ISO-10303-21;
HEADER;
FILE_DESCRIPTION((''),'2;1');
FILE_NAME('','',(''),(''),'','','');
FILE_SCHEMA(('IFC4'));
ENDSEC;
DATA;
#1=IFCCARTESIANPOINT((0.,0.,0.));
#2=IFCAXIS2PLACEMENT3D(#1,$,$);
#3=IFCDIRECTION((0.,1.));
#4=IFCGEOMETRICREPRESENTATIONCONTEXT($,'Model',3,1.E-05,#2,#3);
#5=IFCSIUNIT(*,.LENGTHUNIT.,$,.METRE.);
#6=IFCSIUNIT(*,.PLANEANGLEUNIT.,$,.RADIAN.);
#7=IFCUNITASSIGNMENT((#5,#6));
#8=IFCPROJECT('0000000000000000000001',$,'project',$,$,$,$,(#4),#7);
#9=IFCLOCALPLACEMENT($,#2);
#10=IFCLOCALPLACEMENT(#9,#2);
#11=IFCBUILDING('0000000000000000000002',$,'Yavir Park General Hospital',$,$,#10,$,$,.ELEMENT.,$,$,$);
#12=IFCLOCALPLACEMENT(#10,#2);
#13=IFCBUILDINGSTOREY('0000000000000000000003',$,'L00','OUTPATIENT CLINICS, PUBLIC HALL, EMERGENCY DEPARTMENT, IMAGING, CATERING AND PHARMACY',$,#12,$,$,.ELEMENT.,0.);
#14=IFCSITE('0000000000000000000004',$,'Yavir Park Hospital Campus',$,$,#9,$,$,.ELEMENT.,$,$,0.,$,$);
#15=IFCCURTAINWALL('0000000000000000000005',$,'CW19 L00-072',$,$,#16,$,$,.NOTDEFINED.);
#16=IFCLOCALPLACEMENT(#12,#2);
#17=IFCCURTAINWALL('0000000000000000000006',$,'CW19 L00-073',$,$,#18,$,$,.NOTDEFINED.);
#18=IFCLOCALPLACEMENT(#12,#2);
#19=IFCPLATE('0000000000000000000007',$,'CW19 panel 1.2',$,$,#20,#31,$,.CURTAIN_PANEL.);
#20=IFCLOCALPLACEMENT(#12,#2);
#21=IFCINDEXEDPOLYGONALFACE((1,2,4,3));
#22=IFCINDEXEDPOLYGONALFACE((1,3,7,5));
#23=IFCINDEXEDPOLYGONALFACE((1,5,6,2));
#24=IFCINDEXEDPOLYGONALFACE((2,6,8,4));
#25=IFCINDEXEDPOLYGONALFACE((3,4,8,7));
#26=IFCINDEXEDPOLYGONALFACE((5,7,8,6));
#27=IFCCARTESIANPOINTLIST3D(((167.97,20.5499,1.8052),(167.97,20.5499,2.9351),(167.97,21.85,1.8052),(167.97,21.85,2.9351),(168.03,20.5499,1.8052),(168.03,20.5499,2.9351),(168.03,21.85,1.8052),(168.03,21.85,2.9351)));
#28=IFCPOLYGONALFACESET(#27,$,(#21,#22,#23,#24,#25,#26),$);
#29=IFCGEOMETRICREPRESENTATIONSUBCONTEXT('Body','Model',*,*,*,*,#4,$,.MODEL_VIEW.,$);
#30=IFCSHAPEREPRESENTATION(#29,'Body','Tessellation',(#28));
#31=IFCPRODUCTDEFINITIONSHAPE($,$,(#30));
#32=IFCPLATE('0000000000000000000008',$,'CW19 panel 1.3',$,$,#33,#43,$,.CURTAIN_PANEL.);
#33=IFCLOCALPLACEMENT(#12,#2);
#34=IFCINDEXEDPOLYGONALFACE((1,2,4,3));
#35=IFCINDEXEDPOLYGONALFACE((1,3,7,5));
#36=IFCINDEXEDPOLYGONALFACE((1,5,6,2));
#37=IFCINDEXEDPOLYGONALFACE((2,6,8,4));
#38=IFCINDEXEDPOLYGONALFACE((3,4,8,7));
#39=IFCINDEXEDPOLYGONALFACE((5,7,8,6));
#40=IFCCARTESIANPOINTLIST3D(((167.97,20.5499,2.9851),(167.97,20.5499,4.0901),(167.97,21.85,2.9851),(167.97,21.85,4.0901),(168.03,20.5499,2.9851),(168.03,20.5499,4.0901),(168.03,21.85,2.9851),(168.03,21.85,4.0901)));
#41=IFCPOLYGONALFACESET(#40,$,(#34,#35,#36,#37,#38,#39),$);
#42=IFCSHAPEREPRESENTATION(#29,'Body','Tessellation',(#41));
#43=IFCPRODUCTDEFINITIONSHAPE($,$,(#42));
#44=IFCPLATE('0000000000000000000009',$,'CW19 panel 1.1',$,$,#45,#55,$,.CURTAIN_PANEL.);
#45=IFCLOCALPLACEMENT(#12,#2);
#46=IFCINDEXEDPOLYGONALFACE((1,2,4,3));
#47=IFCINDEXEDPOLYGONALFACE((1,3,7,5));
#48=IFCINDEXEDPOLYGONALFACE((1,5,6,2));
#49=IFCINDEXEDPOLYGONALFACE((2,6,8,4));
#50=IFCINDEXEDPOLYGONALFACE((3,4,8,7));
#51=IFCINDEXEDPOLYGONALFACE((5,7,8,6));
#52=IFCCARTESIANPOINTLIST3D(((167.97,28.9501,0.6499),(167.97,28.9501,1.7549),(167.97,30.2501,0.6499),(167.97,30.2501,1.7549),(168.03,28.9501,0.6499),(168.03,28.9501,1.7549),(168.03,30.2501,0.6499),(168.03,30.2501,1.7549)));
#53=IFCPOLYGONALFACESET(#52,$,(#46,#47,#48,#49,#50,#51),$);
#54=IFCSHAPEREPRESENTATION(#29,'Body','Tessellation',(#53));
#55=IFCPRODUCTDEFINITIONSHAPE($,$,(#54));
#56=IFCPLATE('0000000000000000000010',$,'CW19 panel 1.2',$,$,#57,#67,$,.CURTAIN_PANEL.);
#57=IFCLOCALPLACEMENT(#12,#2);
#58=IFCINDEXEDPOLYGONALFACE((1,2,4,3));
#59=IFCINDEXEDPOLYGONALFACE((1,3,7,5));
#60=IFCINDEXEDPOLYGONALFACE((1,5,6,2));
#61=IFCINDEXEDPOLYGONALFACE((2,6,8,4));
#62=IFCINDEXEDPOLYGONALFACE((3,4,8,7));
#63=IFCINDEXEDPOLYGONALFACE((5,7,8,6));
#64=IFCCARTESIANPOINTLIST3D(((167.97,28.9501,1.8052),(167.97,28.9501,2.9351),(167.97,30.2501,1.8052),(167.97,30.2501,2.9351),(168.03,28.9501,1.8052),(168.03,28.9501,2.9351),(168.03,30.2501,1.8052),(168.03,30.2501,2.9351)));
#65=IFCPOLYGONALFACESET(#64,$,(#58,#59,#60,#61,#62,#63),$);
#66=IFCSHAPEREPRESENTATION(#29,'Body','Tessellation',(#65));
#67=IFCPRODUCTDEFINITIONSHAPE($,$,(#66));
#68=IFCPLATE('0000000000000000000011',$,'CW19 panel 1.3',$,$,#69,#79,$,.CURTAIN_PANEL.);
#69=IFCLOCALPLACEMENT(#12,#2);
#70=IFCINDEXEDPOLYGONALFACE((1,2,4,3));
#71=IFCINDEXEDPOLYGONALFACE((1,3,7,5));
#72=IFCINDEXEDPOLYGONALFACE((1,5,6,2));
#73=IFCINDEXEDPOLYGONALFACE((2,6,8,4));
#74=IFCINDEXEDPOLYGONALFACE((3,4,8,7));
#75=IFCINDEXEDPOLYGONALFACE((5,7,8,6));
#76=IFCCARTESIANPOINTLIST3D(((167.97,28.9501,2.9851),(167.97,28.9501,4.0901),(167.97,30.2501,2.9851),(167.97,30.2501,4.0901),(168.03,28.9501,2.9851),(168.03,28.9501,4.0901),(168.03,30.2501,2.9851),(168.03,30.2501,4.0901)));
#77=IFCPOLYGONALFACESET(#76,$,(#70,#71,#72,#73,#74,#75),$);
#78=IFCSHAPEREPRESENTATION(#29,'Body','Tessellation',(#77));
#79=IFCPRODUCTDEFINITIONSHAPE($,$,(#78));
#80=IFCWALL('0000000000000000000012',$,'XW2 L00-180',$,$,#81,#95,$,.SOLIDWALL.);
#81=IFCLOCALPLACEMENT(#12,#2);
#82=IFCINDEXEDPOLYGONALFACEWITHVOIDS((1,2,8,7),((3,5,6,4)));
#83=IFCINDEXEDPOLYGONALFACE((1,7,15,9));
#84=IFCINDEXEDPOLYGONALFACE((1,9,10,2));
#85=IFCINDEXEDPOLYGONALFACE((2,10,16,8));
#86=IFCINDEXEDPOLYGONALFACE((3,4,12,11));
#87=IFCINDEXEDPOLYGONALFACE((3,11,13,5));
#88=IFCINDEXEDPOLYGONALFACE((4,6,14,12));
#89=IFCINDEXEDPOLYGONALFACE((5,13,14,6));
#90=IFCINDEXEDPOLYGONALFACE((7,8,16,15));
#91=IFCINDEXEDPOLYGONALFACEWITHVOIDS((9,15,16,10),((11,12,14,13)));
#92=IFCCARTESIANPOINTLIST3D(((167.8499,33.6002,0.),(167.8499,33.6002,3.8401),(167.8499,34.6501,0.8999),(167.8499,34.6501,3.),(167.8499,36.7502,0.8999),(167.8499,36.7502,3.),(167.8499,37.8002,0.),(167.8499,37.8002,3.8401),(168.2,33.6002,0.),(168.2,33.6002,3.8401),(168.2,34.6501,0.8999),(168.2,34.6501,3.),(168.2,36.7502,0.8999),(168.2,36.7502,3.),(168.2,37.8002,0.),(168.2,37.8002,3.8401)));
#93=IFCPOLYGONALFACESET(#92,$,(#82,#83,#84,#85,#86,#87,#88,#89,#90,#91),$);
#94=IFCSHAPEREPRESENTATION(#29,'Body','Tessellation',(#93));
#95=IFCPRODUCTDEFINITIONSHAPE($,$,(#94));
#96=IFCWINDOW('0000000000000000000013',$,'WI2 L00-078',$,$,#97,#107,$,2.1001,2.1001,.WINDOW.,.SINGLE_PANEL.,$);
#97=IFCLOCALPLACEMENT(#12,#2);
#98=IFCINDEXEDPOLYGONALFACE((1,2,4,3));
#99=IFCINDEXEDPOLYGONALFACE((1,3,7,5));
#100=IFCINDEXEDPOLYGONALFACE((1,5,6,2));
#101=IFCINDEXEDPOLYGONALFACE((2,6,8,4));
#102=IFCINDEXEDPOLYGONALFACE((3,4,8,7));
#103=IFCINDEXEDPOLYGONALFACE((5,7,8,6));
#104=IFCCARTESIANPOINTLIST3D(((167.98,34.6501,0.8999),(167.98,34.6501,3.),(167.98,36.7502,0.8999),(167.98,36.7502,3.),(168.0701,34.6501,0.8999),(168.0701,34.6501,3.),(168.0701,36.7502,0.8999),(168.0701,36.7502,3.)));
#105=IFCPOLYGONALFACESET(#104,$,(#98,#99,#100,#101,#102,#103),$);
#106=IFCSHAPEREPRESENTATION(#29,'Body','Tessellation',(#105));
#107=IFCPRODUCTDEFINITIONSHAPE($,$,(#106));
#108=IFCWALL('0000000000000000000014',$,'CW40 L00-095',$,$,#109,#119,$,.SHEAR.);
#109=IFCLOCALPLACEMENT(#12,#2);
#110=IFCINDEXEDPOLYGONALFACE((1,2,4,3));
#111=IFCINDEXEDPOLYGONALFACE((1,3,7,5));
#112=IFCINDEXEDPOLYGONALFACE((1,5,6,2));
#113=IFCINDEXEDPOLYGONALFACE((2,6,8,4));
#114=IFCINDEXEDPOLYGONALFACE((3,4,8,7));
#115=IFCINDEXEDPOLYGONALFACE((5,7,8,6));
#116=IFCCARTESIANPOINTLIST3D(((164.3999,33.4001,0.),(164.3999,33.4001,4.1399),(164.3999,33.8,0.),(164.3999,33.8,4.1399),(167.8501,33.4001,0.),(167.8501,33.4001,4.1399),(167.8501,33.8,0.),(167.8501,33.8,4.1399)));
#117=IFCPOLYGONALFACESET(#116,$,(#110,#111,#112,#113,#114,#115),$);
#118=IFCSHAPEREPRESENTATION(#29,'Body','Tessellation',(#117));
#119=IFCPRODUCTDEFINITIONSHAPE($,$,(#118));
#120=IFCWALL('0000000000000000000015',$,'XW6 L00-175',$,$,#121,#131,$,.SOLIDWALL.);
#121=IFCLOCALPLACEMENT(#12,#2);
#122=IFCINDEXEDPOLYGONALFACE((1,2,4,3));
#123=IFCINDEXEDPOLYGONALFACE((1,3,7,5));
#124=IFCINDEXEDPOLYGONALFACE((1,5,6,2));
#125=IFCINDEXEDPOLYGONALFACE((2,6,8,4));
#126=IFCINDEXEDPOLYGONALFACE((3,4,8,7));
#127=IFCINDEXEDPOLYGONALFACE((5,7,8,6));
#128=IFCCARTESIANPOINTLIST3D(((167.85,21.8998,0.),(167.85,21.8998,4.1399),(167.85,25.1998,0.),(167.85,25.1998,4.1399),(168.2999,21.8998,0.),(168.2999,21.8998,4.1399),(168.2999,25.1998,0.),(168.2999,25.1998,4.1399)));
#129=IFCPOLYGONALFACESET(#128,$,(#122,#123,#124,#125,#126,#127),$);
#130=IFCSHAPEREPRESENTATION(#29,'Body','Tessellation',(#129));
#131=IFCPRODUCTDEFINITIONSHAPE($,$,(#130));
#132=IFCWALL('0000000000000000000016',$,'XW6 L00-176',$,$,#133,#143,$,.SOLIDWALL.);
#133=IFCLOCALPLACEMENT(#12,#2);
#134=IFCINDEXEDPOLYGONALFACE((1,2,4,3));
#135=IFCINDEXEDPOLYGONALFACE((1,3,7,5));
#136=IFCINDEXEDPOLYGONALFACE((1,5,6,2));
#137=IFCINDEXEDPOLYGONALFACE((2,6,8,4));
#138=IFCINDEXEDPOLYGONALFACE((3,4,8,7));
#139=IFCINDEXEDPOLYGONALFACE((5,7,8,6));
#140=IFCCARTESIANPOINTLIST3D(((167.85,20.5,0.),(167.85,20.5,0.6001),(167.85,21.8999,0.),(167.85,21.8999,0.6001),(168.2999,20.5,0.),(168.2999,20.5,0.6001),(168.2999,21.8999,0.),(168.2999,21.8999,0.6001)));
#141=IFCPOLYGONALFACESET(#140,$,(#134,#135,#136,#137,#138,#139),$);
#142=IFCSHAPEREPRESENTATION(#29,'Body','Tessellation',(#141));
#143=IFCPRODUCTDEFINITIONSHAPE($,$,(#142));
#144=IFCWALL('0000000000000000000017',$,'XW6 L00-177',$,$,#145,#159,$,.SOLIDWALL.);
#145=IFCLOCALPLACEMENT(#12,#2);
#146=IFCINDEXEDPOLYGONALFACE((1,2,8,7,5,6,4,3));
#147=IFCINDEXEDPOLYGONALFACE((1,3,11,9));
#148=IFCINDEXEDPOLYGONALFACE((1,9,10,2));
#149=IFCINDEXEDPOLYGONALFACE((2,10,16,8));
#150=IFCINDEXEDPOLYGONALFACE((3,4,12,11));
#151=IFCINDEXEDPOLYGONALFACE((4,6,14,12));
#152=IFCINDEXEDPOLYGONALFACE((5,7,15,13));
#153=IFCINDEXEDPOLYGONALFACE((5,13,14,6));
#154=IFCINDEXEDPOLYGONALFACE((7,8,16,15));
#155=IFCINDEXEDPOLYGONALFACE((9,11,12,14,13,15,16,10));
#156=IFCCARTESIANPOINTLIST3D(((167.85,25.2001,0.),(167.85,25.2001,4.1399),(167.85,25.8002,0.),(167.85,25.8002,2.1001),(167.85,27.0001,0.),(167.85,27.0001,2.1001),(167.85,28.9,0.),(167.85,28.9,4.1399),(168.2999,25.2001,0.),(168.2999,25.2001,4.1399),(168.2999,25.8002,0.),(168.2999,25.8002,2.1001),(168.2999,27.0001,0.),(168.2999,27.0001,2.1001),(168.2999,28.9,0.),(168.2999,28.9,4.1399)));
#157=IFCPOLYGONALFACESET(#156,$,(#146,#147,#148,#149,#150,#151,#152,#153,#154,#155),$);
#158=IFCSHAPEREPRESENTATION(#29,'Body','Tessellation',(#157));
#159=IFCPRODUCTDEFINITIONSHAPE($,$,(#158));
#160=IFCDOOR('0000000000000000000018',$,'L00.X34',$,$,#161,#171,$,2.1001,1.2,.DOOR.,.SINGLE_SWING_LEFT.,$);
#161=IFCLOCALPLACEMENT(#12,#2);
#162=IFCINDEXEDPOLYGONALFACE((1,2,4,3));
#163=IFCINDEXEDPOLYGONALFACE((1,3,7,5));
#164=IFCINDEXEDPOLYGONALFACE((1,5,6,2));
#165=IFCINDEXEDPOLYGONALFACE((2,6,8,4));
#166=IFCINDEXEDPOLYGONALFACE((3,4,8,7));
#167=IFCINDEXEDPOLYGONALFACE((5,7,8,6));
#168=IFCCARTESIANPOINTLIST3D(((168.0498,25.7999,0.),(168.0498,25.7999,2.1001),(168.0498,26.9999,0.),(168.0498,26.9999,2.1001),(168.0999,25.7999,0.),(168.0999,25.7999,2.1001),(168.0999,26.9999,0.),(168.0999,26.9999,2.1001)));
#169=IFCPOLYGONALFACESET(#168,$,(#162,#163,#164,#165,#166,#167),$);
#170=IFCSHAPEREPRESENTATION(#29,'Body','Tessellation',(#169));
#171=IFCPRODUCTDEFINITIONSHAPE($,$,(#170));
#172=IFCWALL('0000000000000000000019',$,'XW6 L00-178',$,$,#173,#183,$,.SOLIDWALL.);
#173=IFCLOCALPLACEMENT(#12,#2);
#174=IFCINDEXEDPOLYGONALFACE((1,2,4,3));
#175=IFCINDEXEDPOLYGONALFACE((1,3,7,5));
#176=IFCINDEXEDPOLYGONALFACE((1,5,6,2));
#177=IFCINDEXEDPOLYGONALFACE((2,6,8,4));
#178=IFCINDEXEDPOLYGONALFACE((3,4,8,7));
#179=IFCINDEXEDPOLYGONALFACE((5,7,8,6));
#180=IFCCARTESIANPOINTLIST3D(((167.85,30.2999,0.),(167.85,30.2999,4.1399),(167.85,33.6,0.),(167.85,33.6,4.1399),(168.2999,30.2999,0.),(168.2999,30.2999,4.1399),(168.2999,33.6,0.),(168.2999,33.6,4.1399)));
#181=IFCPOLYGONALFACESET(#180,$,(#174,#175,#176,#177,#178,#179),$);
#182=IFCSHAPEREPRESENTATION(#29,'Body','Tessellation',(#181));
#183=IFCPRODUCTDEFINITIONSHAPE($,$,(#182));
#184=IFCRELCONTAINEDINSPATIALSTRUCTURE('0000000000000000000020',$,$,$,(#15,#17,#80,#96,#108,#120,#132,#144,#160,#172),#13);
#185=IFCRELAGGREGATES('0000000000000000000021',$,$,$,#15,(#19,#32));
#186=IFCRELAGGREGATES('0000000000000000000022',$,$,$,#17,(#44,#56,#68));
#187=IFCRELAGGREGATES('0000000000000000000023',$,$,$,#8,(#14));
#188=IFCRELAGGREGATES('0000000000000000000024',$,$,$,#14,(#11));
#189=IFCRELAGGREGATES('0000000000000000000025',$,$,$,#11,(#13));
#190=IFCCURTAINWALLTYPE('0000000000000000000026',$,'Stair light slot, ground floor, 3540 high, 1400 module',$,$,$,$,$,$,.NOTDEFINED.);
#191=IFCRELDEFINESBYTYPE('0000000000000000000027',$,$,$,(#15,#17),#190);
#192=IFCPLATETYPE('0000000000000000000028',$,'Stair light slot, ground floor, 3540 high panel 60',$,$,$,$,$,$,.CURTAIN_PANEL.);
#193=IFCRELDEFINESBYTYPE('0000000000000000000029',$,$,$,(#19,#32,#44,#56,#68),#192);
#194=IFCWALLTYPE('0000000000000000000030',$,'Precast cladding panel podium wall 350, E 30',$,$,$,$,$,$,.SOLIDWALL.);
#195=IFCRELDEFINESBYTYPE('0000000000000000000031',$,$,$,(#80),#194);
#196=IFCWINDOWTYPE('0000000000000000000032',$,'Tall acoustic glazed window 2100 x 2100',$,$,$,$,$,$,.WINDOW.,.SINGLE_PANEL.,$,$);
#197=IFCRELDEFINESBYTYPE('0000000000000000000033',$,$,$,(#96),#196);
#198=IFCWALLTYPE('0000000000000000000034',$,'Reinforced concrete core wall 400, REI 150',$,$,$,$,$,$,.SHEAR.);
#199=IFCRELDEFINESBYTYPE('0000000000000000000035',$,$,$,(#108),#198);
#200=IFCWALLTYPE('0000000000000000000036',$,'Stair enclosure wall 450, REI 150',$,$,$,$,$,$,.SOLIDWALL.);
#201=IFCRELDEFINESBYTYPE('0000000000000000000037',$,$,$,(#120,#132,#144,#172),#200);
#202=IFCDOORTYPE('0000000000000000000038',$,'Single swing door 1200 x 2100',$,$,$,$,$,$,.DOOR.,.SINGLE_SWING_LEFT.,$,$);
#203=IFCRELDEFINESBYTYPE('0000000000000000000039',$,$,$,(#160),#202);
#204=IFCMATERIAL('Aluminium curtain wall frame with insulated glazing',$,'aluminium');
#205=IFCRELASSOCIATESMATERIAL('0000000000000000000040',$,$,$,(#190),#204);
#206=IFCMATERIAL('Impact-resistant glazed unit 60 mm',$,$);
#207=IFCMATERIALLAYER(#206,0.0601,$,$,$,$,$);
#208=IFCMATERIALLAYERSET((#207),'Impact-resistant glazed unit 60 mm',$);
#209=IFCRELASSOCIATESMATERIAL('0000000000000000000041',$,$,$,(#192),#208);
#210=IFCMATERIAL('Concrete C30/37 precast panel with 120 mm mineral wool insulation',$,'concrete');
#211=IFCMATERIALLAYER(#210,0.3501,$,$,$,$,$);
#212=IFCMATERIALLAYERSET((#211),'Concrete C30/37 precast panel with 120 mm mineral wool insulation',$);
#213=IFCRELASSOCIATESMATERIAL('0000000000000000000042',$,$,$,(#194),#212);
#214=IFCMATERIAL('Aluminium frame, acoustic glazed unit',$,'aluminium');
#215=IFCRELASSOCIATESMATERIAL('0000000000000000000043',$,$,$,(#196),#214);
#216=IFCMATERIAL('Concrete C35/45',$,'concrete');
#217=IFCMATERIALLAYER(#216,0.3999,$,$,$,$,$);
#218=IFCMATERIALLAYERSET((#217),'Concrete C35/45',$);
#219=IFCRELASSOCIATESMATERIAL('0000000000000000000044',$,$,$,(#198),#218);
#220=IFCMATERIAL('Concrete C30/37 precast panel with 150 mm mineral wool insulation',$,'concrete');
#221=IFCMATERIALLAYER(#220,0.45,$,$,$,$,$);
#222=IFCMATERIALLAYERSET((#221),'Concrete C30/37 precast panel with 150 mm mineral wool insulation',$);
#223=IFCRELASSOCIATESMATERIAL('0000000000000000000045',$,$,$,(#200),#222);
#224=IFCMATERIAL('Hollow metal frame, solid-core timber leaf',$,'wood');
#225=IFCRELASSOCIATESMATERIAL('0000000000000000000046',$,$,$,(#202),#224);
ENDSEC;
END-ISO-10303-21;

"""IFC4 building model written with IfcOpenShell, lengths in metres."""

from ifc_helpers import new_model, si_unit, direction, frame, frame_2d, origin, origin_2d, place, context, subcontext, project, spatial, rectangle, extrude, material, layer, layer_set, type_object, element, fill, aggregate, save


model = new_model("IFC4")

# Units and contexts
model_context = context("Model", 3, precision=1e-05, world=origin(), true_north=direction((0.0, 1.0)))
body_context = subcontext(model_context, "Body", "Model", "MODEL_VIEW")
ifc_project = project(units=[si_unit("LENGTHUNIT", "METRE"), si_unit("PLANEANGLEUNIT", "RADIAN")], contexts=[model_context])

# Site, building, storey
site_placement = place(None, origin())
site = spatial("IfcSite", under=ifc_project, at=site_placement, Name="Yavir Park Hospital Campus", CompositionType="ELEMENT", RefElevation=0.0)
building_placement = place(site_placement, origin())
building = spatial("IfcBuilding", under=site, at=building_placement, Name="Yavir Park General Hospital", CompositionType="ELEMENT")
storey_placement = place(building_placement, origin())
storey = spatial("IfcBuildingStorey", under=building, at=storey_placement, Name="L00", Description="OUTPATIENT CLINICS, PUBLIC HALL, EMERGENCY DEPARTMENT, IMAGING, CATERING AND PHARMACY", CompositionType="ELEMENT", Elevation=0.0)

# Curtain walls
ifc_material_1 = material(Name="Aluminium curtain wall frame with insulated glazing", Category="aluminium")
curtain_wall_type = type_object("IfcCurtainWallType", Name="Stair light slot, ground floor, 3540 high, 1400 module", PredefinedType="NOTDEFINED", material=ifc_material_1)
curtain_wall_1_placement = place(storey_placement, origin())
curtain_wall_1 = element("IfcCurtainWall", 1, at=curtain_wall_1_placement, inside=storey, type_object=curtain_wall_type, Name="CW19 L00-072", PredefinedType="NOTDEFINED")
curtain_wall_2_placement = place(storey_placement, origin())
curtain_wall_2 = element("IfcCurtainWall", 2, at=curtain_wall_2_placement, inside=storey, type_object=curtain_wall_type, Name="CW19 L00-073", PredefinedType="NOTDEFINED")

# Plates
ifc_material_2 = material(Name="Impact-resistant glazed unit 60 mm")
ifc_layer_1 = layer(ifc_material_2, 0.0601)
ifc_layer_set_1 = layer_set([ifc_layer_1], Name="Impact-resistant glazed unit 60 mm")
plate_type = type_object("IfcPlateType", Name="Stair light slot, ground floor, 3540 high panel 60", PredefinedType="CURTAIN_PANEL", material=ifc_layer_set_1)
plate_1_placement = place(storey_placement, frame((168.0, 21.2, 1.8052), z_axis=(0.0, 0.0, 1.0), x_axis=(0.0, 1.0, 0.0)))
plate_1 = element("IfcPlate", 3, at=plate_1_placement, type_object=plate_type, Name="CW19 panel 1.2", PredefinedType="CURTAIN_PANEL", context=body_context, shape_type="SweptSolid", body=[
    extrude(rectangle(XDim=1.3, YDim=0.0601, at=origin_2d()), origin(), (0.0, 0.0, 1.0), 1.1299),
])
plate_2_placement = place(storey_placement, frame((168.0, 21.2, 2.9851), z_axis=(0.0, 0.0, 1.0), x_axis=(0.0, 1.0, 0.0)))
plate_2 = element("IfcPlate", 4, at=plate_2_placement, type_object=plate_type, Name="CW19 panel 1.3", PredefinedType="CURTAIN_PANEL", context=body_context, shape_type="SweptSolid", body=[
    extrude(rectangle(XDim=1.3, YDim=0.0601, at=origin_2d()), origin(), (0.0, 0.0, 1.0), 1.105),
])
aggregate(curtain_wall_1, [plate_1, plate_2])
plate_3_placement = place(storey_placement, frame((168.0, 29.6001, 0.6499), z_axis=(0.0, 0.0, 1.0), x_axis=(0.0, 1.0, 0.0)))
plate_3 = element("IfcPlate", 5, at=plate_3_placement, type_object=plate_type, Name="CW19 panel 1.1", PredefinedType="CURTAIN_PANEL", context=body_context, shape_type="SweptSolid", body=[
    extrude(rectangle(XDim=1.3, YDim=0.0601, at=origin_2d()), origin(), (0.0, 0.0, 1.0), 1.105),
])
plate_4_placement = place(storey_placement, frame((168.0, 29.6001, 1.8052), z_axis=(0.0, 0.0, 1.0), x_axis=(0.0, 1.0, 0.0)))
plate_4 = element("IfcPlate", 6, at=plate_4_placement, type_object=plate_type, Name="CW19 panel 1.2", PredefinedType="CURTAIN_PANEL", context=body_context, shape_type="SweptSolid", body=[
    extrude(rectangle(XDim=1.3, YDim=0.0601, at=origin_2d()), origin(), (0.0, 0.0, 1.0), 1.1299),
])
plate_5_placement = place(storey_placement, frame((168.0, 29.6001, 2.9851), z_axis=(0.0, 0.0, 1.0), x_axis=(0.0, 1.0, 0.0)))
plate_5 = element("IfcPlate", 7, at=plate_5_placement, type_object=plate_type, Name="CW19 panel 1.3", PredefinedType="CURTAIN_PANEL", context=body_context, shape_type="SweptSolid", body=[
    extrude(rectangle(XDim=1.3, YDim=0.0601, at=origin_2d()), origin(), (0.0, 0.0, 1.0), 1.105),
])
aggregate(curtain_wall_2, [plate_3, plate_4, plate_5])

# Wall, opening, window
ifc_material_3 = material(Name="Concrete C30/37 precast panel with 120 mm mineral wool insulation", Category="concrete")
ifc_layer_2 = layer(ifc_material_3, 0.3501)
ifc_layer_set_2 = layer_set([ifc_layer_2], Name="Concrete C30/37 precast panel with 120 mm mineral wool insulation")
wall_type_1 = type_object("IfcWallType", Name="Precast cladding panel podium wall 350, E 30", PredefinedType="SOLIDWALL", material=ifc_layer_set_2)
wall_1_placement = place(storey_placement, frame((168.0249, 33.6001, 0.0), z_axis=(0.0, 0.0, 1.0), x_axis=(0.0, 1.0, 0.0)))
wall_1 = element("IfcWall", 8, at=wall_1_placement, inside=storey, type_object=wall_type_1, Name="XW2 L00-180", PredefinedType="SOLIDWALL", context=body_context, shape_type="SweptSolid", body=[
    extrude(rectangle(XDim=4.2, YDim=0.3501, at=frame_2d((2.1001, 0.0))), origin(), (0.0, 0.0, 1.0), 3.8401),
])
opening_1_placement = place(wall_1_placement, frame((1.05, 0.0, 0.8999)))
opening_1 = element("IfcOpeningElement", 9, at=opening_1_placement, cuts=wall_1, PredefinedType="OPENING", context=body_context, shape_type="SweptSolid", body=[
    extrude(rectangle(XDim=2.1001, YDim=2.1001, at=frame_2d((1.05, 1.05))), frame((0.0, 0.1851, 0.0), z_axis=(0.0, -1.0, 0.0), x_axis=(1.0, 0.0, 0.0)), (0.0, 0.0, 1.0), 0.3701),
])
ifc_material_4 = material(Name="Aluminium frame, acoustic glazed unit", Category="aluminium")
window_type = type_object("IfcWindowType", Name="Tall acoustic glazed window 2100 x 2100", PartitioningType="SINGLE_PANEL", PredefinedType="WINDOW", material=ifc_material_4)
window_placement = place(opening_1_placement, origin())
window = element("IfcWindow", 10, at=window_placement, inside=storey, type_object=window_type, Name="WI2 L00-078", OverallHeight=2.1001, OverallWidth=2.1001, PartitioningType="SINGLE_PANEL", PredefinedType="WINDOW", context=body_context, shape_type="SweptSolid", body=[
    extrude(rectangle(XDim=2.1001, YDim=2.1001, at=frame_2d((1.05, 1.05))), frame((0.0, 0.0449, 0.0), z_axis=(0.0, -1.0, 0.0), x_axis=(1.0, 0.0, 0.0)), (0.0, 0.0, 1.0), 0.0901),
])
fill(opening_1, window)

# Walls
ifc_material_5 = material(Name="Concrete C35/45", Category="concrete")
ifc_layer_3 = layer(ifc_material_5, 0.3999)
ifc_layer_set_3 = layer_set([ifc_layer_3], Name="Concrete C35/45")
wall_type_2 = type_object("IfcWallType", Name="Reinforced concrete core wall 400, REI 150", PredefinedType="SHEAR", material=ifc_layer_set_3)
wall_2_placement = place(storey_placement, frame((164.3999, 33.6001, 0.0), z_axis=(0.0, 0.0, 1.0), x_axis=(1.0, 0.0, 0.0)))
element("IfcWall", 11, at=wall_2_placement, inside=storey, type_object=wall_type_2, Name="CW40 L00-095", PredefinedType="SHEAR", context=body_context, shape_type="SweptSolid", body=[
    extrude(rectangle(XDim=3.4502, YDim=0.3999, at=frame_2d((1.7251, 0.0))), origin(), (0.0, 0.0, 1.0), 4.1399),
])
ifc_material_6 = material(Name="Concrete C30/37 precast panel with 150 mm mineral wool insulation", Category="concrete")
ifc_layer_4 = layer(ifc_material_6, 0.45)
ifc_layer_set_4 = layer_set([ifc_layer_4], Name="Concrete C30/37 precast panel with 150 mm mineral wool insulation")
wall_type_3 = type_object("IfcWallType", Name="Stair enclosure wall 450, REI 150", PredefinedType="SOLIDWALL", material=ifc_layer_set_4)
wall_3_placement = place(storey_placement, frame((168.075, 21.8999, 0.0), z_axis=(0.0, 0.0, 1.0), x_axis=(0.0, 1.0, 0.0)))
element("IfcWall", 12, at=wall_3_placement, inside=storey, type_object=wall_type_3, Name="XW6 L00-175", PredefinedType="SOLIDWALL", context=body_context, shape_type="SweptSolid", body=[
    extrude(rectangle(XDim=3.3, YDim=0.45, at=frame_2d((1.6499, 0.0))), origin(), (0.0, 0.0, 1.0), 4.1399),
])
wall_4_placement = place(storey_placement, frame((168.075, 20.5, 0.0), z_axis=(0.0, 0.0, 1.0), x_axis=(0.0, 1.0, 0.0)))
element("IfcWall", 13, at=wall_4_placement, inside=storey, type_object=wall_type_3, Name="XW6 L00-176", PredefinedType="SOLIDWALL", context=body_context, shape_type="SweptSolid", body=[
    extrude(rectangle(XDim=1.3999, YDim=0.45, at=frame_2d((0.7, 0.0))), origin(), (0.0, 0.0, 1.0), 0.6001),
])

# Wall, opening, door
wall_5_placement = place(storey_placement, frame((168.075, 25.2, 0.0), z_axis=(0.0, 0.0, 1.0), x_axis=(0.0, 1.0, 0.0)))
wall_5 = element("IfcWall", 14, at=wall_5_placement, inside=storey, type_object=wall_type_3, Name="XW6 L00-177", PredefinedType="SOLIDWALL", context=body_context, shape_type="SweptSolid", body=[
    extrude(rectangle(XDim=3.7, YDim=0.45, at=frame_2d((1.8501, 0.0))), origin(), (0.0, 0.0, 1.0), 4.1399),
])
opening_2_placement = place(wall_5_placement, frame((0.6001, 0.0, 0.0)))
opening_2 = element("IfcOpeningElement", 15, at=opening_2_placement, cuts=wall_5, PredefinedType="OPENING", context=body_context, shape_type="SweptSolid", body=[
    extrude(rectangle(XDim=1.2, YDim=2.1001, at=frame_2d((0.6001, 1.05))), frame((0.0, 0.2349, 0.0), z_axis=(0.0, -1.0, 0.0), x_axis=(1.0, 0.0, 0.0)), (0.0, 0.0, 1.0), 0.47),
])
ifc_material_7 = material(Name="Hollow metal frame, solid-core timber leaf", Category="wood")
door_type = type_object("IfcDoorType", Name="Single swing door 1200 x 2100", OperationType="SINGLE_SWING_LEFT", PredefinedType="DOOR", material=ifc_material_7)
door_placement = place(opening_2_placement, frame((1.2, 0.0, 0.0), x_axis=(-1.0, 0.0, 0.0)))
door = element("IfcDoor", 16, at=door_placement, inside=storey, type_object=door_type, Name="L00.X34", OperationType="SINGLE_SWING_LEFT", OverallHeight=2.1001, OverallWidth=1.2, PredefinedType="DOOR", context=body_context, shape_type="SweptSolid", body=[
    extrude(rectangle(XDim=1.2, YDim=2.1001, at=frame_2d((0.6001, 1.05))), frame((0.0, 0.0249, 0.0), z_axis=(0.0, -1.0, 0.0), x_axis=(1.0, 0.0, 0.0)), (0.0, 0.0, 1.0), 0.05),
])
fill(opening_2, door)

# Wall
wall_6_placement = place(storey_placement, frame((168.075, 30.3, 0.0), z_axis=(0.0, 0.0, 1.0), x_axis=(0.0, 1.0, 0.0)))
element("IfcWall", 17, at=wall_6_placement, inside=storey, type_object=wall_type_3, Name="XW6 L00-178", PredefinedType="SOLIDWALL", context=body_context, shape_type="SweptSolid", body=[
    extrude(rectangle(XDim=3.3, YDim=0.45, at=frame_2d((1.6499, 0.0))), origin(), (0.0, 0.0, 1.0), 4.1399),
])

save(model, "model.ifc")
